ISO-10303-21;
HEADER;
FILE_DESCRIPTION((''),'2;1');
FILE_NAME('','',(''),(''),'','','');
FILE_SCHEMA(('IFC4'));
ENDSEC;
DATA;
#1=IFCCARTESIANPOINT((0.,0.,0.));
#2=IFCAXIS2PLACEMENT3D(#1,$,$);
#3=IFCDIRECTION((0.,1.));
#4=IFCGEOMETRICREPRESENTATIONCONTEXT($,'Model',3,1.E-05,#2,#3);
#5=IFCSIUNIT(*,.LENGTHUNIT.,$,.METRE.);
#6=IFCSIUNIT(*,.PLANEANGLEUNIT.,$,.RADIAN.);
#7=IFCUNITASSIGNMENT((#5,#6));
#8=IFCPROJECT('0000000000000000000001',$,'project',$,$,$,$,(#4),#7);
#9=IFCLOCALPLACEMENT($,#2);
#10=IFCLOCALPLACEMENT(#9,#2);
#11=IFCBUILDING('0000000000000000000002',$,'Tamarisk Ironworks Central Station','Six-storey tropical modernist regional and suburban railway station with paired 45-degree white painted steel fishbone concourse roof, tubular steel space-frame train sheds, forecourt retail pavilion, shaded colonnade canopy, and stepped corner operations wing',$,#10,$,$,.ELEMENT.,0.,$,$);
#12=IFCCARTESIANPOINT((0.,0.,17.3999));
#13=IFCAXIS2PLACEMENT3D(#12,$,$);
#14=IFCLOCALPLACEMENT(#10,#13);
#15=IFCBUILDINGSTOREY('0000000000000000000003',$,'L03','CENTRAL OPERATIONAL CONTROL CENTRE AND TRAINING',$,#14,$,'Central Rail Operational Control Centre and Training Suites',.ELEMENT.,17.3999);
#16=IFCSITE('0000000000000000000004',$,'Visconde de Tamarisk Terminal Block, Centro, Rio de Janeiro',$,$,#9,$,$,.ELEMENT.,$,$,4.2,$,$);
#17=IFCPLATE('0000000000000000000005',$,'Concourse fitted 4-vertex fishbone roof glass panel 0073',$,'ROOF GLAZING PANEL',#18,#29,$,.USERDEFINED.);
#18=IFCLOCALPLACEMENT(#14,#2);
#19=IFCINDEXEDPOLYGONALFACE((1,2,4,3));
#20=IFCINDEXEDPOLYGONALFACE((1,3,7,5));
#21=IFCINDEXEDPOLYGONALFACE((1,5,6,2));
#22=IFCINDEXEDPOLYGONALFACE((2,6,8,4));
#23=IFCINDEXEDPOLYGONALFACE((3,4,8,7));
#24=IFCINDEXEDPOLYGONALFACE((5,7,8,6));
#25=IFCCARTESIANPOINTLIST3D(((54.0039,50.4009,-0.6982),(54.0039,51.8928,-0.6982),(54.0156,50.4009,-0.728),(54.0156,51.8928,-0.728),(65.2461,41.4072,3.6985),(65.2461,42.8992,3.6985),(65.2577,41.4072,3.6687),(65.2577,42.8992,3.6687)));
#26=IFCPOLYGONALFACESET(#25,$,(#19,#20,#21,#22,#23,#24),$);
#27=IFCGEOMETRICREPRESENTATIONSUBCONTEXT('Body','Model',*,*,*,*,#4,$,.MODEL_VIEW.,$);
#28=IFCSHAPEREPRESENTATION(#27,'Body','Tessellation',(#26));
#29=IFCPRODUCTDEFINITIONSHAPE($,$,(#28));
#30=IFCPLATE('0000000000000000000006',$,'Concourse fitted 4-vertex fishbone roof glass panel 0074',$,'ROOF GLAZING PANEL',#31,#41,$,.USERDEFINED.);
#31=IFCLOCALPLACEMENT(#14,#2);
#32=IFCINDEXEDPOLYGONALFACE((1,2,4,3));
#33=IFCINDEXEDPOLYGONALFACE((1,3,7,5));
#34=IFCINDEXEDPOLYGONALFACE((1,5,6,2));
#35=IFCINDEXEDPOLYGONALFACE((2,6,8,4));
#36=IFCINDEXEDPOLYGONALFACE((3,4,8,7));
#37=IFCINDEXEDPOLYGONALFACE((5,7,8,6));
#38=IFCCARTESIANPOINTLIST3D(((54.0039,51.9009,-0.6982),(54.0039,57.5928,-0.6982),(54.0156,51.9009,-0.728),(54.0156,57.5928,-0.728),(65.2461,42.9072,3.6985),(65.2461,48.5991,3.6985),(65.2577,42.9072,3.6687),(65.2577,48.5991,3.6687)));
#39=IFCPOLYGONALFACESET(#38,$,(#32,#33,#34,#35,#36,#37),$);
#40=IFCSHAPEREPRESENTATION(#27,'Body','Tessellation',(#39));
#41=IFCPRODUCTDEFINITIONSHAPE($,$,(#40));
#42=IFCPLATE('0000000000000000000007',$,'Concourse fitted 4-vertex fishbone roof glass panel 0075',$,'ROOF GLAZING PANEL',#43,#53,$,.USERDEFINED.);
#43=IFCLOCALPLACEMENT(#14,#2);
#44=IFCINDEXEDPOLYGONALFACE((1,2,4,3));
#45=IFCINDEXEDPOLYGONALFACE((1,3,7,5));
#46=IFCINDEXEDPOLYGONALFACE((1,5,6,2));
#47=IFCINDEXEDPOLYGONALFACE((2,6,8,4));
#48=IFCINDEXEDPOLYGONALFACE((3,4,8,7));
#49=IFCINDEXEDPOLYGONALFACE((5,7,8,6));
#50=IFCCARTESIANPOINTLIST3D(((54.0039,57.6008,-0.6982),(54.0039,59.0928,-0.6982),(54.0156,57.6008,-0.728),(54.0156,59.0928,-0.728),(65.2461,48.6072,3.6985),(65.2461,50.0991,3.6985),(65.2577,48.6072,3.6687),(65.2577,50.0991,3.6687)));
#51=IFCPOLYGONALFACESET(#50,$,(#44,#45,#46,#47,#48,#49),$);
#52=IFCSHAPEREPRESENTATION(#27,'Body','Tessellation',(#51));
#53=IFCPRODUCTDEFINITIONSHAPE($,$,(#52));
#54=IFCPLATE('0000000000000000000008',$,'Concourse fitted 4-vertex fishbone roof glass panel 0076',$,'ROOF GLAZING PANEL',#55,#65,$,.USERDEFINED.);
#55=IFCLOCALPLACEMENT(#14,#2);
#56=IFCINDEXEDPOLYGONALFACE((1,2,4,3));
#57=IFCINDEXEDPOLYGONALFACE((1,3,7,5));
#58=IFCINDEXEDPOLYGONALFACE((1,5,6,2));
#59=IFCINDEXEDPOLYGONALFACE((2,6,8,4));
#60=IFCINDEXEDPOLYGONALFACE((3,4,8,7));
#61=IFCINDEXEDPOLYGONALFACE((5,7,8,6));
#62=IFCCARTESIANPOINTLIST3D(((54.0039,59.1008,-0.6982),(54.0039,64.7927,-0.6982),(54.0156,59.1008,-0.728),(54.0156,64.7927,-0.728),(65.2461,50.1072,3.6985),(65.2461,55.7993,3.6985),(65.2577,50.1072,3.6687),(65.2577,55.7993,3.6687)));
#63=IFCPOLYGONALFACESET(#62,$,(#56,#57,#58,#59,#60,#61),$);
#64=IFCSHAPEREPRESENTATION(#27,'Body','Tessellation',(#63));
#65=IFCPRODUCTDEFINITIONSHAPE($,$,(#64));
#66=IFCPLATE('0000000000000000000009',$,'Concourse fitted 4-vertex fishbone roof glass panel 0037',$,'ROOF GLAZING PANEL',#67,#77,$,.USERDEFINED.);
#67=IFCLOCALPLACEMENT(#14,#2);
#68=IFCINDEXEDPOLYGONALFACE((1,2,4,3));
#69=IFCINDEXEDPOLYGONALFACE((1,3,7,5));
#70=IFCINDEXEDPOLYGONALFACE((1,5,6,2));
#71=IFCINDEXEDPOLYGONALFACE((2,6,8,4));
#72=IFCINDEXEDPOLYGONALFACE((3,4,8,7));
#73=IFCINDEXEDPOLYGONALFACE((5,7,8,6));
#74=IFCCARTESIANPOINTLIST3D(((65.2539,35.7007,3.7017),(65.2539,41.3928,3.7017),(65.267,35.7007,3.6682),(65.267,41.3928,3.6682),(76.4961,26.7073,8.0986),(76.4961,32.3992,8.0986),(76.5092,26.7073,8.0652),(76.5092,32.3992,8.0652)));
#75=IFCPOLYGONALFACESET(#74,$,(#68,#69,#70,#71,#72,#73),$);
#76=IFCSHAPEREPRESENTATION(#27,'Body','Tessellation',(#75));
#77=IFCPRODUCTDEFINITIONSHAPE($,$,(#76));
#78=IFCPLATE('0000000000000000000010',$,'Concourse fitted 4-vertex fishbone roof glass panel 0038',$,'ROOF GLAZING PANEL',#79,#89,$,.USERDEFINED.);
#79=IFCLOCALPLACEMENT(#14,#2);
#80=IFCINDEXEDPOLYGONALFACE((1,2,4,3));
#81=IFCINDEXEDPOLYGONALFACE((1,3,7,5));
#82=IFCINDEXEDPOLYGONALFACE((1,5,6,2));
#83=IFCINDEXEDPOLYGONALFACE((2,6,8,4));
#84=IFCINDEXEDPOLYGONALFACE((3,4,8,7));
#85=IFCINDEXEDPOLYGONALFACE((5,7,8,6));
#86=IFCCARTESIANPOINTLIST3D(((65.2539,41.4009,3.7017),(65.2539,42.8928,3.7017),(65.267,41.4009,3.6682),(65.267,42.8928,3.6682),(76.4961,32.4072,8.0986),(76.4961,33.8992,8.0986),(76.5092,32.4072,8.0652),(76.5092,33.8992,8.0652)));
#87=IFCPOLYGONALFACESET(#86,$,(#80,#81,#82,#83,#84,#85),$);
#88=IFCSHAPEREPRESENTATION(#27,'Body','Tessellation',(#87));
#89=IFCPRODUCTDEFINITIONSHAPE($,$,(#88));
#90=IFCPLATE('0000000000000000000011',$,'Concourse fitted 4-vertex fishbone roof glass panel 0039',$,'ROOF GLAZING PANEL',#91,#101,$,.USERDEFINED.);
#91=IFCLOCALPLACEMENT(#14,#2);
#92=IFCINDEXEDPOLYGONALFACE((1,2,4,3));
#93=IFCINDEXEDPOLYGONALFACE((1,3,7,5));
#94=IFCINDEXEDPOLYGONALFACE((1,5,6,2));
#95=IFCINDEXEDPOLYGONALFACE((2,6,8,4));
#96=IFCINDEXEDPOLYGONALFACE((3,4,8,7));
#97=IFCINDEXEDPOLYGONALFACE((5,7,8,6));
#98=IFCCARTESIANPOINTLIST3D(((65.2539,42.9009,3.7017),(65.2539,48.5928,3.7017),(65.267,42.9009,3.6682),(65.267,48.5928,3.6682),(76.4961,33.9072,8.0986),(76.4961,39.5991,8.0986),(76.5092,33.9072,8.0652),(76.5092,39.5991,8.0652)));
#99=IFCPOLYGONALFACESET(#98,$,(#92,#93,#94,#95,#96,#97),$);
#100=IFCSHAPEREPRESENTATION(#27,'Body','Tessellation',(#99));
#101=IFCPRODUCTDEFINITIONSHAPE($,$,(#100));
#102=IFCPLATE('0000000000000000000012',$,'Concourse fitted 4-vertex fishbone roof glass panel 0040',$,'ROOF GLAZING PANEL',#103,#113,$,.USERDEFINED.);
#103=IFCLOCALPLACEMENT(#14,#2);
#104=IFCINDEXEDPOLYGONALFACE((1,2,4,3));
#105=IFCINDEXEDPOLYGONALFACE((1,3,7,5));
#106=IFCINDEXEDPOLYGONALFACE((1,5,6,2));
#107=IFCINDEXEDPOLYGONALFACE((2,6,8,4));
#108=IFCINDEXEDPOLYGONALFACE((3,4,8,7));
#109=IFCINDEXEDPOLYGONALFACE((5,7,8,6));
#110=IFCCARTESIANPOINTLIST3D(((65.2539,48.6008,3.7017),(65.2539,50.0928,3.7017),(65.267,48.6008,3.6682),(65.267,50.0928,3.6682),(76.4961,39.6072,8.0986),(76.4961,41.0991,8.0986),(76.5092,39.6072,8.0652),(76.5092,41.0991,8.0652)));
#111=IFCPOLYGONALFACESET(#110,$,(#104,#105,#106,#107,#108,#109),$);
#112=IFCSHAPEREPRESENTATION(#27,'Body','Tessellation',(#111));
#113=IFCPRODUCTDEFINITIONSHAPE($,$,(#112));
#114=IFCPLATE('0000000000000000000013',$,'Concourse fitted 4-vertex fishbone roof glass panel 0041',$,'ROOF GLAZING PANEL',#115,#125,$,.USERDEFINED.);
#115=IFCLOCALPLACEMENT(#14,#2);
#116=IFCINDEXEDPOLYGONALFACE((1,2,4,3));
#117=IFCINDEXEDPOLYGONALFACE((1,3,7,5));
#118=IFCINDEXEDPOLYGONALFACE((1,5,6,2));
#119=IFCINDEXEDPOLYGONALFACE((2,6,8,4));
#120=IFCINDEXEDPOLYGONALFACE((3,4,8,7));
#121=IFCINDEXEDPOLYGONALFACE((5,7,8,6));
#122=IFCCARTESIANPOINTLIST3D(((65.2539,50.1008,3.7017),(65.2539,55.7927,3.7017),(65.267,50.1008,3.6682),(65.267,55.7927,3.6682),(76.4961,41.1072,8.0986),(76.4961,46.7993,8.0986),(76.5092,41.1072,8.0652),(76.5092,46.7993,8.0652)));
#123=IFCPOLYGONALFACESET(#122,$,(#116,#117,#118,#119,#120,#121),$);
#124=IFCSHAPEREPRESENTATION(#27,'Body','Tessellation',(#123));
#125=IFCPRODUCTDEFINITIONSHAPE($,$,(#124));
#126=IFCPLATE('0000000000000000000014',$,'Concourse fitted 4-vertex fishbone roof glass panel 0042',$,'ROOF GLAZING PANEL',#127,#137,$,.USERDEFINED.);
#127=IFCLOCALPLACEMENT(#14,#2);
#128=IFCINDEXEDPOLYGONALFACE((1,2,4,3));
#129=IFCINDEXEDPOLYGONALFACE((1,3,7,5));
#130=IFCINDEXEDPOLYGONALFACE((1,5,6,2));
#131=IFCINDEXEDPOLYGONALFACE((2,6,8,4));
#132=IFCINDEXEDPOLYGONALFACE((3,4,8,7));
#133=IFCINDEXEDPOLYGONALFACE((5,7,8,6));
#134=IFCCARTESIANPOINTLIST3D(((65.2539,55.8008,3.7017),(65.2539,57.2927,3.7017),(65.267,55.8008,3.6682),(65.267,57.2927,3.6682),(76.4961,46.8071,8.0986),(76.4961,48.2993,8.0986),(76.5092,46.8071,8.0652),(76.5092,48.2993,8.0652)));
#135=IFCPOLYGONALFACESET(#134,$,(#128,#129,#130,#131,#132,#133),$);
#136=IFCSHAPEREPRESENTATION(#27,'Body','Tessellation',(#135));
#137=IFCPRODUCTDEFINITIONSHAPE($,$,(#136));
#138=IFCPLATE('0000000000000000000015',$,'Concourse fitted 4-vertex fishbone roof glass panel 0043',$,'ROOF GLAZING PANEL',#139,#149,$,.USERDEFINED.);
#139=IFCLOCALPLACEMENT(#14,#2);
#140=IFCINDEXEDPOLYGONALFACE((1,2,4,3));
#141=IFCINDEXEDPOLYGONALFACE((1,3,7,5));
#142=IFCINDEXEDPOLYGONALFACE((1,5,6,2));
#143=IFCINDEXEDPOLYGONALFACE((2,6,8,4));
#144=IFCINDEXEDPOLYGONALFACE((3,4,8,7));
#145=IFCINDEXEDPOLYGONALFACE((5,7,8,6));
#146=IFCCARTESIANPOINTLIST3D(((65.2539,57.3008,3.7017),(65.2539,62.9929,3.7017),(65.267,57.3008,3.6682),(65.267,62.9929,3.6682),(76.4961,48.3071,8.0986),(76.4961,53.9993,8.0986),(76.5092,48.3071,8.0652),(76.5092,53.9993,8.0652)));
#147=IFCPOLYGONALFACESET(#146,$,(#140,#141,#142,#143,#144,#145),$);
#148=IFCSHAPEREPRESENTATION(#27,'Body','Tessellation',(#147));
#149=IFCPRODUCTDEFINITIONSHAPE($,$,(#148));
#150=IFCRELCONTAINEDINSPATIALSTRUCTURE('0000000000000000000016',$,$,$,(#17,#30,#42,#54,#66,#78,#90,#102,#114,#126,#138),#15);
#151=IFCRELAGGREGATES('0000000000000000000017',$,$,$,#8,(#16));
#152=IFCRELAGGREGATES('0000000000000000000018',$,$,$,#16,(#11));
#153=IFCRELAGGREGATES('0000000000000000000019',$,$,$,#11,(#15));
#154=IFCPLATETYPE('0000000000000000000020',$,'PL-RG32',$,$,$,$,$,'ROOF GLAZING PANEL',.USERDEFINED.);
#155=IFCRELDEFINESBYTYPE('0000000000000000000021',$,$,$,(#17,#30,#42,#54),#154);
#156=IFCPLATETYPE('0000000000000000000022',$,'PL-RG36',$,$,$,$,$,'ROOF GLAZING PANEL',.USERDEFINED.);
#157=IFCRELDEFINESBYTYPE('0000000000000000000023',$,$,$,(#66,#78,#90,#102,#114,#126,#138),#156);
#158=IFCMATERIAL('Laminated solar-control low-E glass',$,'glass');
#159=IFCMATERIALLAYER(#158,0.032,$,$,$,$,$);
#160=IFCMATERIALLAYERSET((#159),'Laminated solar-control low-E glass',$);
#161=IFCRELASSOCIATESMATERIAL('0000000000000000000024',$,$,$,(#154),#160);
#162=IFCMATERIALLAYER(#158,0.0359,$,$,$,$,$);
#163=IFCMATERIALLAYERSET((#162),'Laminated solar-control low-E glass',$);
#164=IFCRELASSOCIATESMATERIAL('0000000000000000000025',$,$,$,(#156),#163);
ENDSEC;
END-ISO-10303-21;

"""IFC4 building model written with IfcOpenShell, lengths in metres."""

from ifc_helpers import new_model, si_unit, direction, frame, origin, place, context, subcontext, project, spatial, polyline, outline, extrude, material, layer, layer_set, type_object, element, save


model = new_model("IFC4")

# Units and contexts
model_context = context("Model", 3, precision=1e-05, world=origin(), true_north=direction((0.0, 1.0)))
body_context = subcontext(model_context, "Body", "Model", "MODEL_VIEW")
ifc_project = project(units=[si_unit("LENGTHUNIT", "METRE"), si_unit("PLANEANGLEUNIT", "RADIAN")], contexts=[model_context])

# Site, building, storey
site_placement = place(None, origin())
site = spatial("IfcSite", under=ifc_project, at=site_placement, Name="Visconde de Tamarisk Terminal Block, Centro, Rio de Janeiro", CompositionType="ELEMENT", RefElevation=4.2)
building_placement = place(site_placement, origin())
building = spatial("IfcBuilding", under=site, at=building_placement, Name="Tamarisk Ironworks Central Station", Description="Six-storey tropical modernist regional and suburban railway station with paired 45-degree white painted steel fishbone concourse roof, tubular steel space-frame train sheds, forecourt retail pavilion, shaded colonnade canopy, and stepped corner operations wing", CompositionType="ELEMENT", ElevationOfRefHeight=0.0)
storey_placement = place(building_placement, frame((0.0, 0.0, 17.3999)))
storey = spatial("IfcBuildingStorey", under=building, at=storey_placement, Name="L03", Description="CENTRAL OPERATIONAL CONTROL CENTRE AND TRAINING", LongName="Central Rail Operational Control Centre and Training Suites", CompositionType="ELEMENT", Elevation=17.3999)

# Plates
ifc_material_1 = material(Name="Laminated solar-control low-E glass", Category="glass")
ifc_layer_1 = layer(ifc_material_1, 0.032)
ifc_layer_set_1 = layer_set([ifc_layer_1], Name="Laminated solar-control low-E glass")
plate_type_1 = type_object("IfcPlateType", Name="PL-RG32", ElementType="ROOF GLAZING PANEL", PredefinedType="USERDEFINED", material=ifc_layer_set_1)
plate_1_placement = place(storey_placement, frame((65.2461, 41.4072, 3.6985), z_axis=(-0.364228, 0.0, 0.93131), x_axis=(0.0, 1.0, 0.0)))
element("IfcPlate", 1, at=plate_1_placement, inside=storey, type_object=plate_type_1, Name="Concourse fitted 4-vertex fishbone roof glass panel 0073", ObjectType="ROOF GLAZING PANEL", PredefinedType="USERDEFINED", context=body_context, shape_type="SweptSolid", body=[
    extrude(outline(polyline([(0.0, 0.0), (1.4919, 0.0), (10.4856, 12.0714), (8.9937, 12.0714), (0.0, 0.0)])), origin(), (0.0, 0.0, -1.0), 0.032),
])
plate_2_placement = place(storey_placement, frame((65.2461, 42.9072, 3.6985), z_axis=(-0.364228, 0.0, 0.93131), x_axis=(0.0, 1.0, 0.0)))
element("IfcPlate", 2, at=plate_2_placement, inside=storey, type_object=plate_type_1, Name="Concourse fitted 4-vertex fishbone roof glass panel 0074", ObjectType="ROOF GLAZING PANEL", PredefinedType="USERDEFINED", context=body_context, shape_type="SweptSolid", body=[
    extrude(outline(polyline([(0.0, 0.0), (5.6919, 0.0), (14.6855, 12.0714), (8.9937, 12.0714), (0.0, 0.0)])), origin(), (0.0, 0.0, -1.0), 0.032),
])
plate_3_placement = place(storey_placement, frame((65.2461, 48.6072, 3.6985), z_axis=(-0.364228, 0.0, 0.93131), x_axis=(0.0, 1.0, 0.0)))
element("IfcPlate", 3, at=plate_3_placement, inside=storey, type_object=plate_type_1, Name="Concourse fitted 4-vertex fishbone roof glass panel 0075", ObjectType="ROOF GLAZING PANEL", PredefinedType="USERDEFINED", context=body_context, shape_type="SweptSolid", body=[
    extrude(outline(polyline([(0.0, 0.0), (1.4919, 0.0), (10.4856, 12.0714), (8.9937, 12.0714), (0.0, 0.0)])), origin(), (0.0, 0.0, -1.0), 0.032),
])
plate_4_placement = place(storey_placement, frame((65.2461, 50.1072, 3.6985), z_axis=(-0.364228, 0.0, 0.93131), x_axis=(0.0, 1.0, 0.0)))
element("IfcPlate", 4, at=plate_4_placement, inside=storey, type_object=plate_type_1, Name="Concourse fitted 4-vertex fishbone roof glass panel 0076", ObjectType="ROOF GLAZING PANEL", PredefinedType="USERDEFINED", context=body_context, shape_type="SweptSolid", body=[
    extrude(outline(polyline([(0.0, 0.0), (5.6921, 0.0), (14.6855, 12.0714), (8.9937, 12.0714), (0.0, 0.0)])), origin(), (0.0, 0.0, -1.0), 0.032),
])
ifc_layer_2 = layer(ifc_material_1, 0.0359)
ifc_layer_set_2 = layer_set([ifc_layer_2], Name="Laminated solar-control low-E glass")
plate_type_2 = type_object("IfcPlateType", Name="PL-RG36", ElementType="ROOF GLAZING PANEL", PredefinedType="USERDEFINED", material=ifc_layer_set_2)
plate_5_placement = place(storey_placement, frame((76.4961, 26.7073, 8.0986), z_axis=(-0.364245, 0.0, 0.931303), x_axis=(0.0, 1.0, 0.0)))
element("IfcPlate", 5, at=plate_5_placement, inside=storey, type_object=plate_type_2, Name="Concourse fitted 4-vertex fishbone roof glass panel 0037", ObjectType="ROOF GLAZING PANEL", PredefinedType="USERDEFINED", context=body_context, shape_type="SweptSolid", body=[
    extrude(outline(polyline([(0.0, 0.0), (5.6919, 0.0), (14.6855, 12.0715), (8.9934, 12.0715), (0.0, 0.0)])), origin(), (0.0, 0.0, -1.0), 0.0359),
])
plate_6_placement = place(storey_placement, frame((76.4961, 32.4072, 8.0986), z_axis=(-0.364245, 0.0, 0.931303), x_axis=(0.0, 1.0, 0.0)))
element("IfcPlate", 6, at=plate_6_placement, inside=storey, type_object=plate_type_2, Name="Concourse fitted 4-vertex fishbone roof glass panel 0038", ObjectType="ROOF GLAZING PANEL", PredefinedType="USERDEFINED", context=body_context, shape_type="SweptSolid", body=[
    extrude(outline(polyline([(0.0, 0.0), (1.4919, 0.0), (10.4856, 12.0715), (8.9937, 12.0715), (0.0, 0.0)])), origin(), (0.0, 0.0, -1.0), 0.0359),
])
plate_7_placement = place(storey_placement, frame((76.4961, 33.9072, 8.0986), z_axis=(-0.364245, 0.0, 0.931303), x_axis=(0.0, 1.0, 0.0)))
element("IfcPlate", 7, at=plate_7_placement, inside=storey, type_object=plate_type_2, Name="Concourse fitted 4-vertex fishbone roof glass panel 0039", ObjectType="ROOF GLAZING PANEL", PredefinedType="USERDEFINED", context=body_context, shape_type="SweptSolid", body=[
    extrude(outline(polyline([(0.0, 0.0), (5.6919, 0.0), (14.6855, 12.0715), (8.9937, 12.0715), (0.0, 0.0)])), origin(), (0.0, 0.0, -1.0), 0.0359),
])
plate_8_placement = place(storey_placement, frame((76.4961, 39.6072, 8.0986), z_axis=(-0.364245, 0.0, 0.931303), x_axis=(0.0, 1.0, 0.0)))
element("IfcPlate", 8, at=plate_8_placement, inside=storey, type_object=plate_type_2, Name="Concourse fitted 4-vertex fishbone roof glass panel 0040", ObjectType="ROOF GLAZING PANEL", PredefinedType="USERDEFINED", context=body_context, shape_type="SweptSolid", body=[
    extrude(outline(polyline([(0.0, 0.0), (1.4919, 0.0), (10.4856, 12.0715), (8.9937, 12.0715), (0.0, 0.0)])), origin(), (0.0, 0.0, -1.0), 0.0359),
])
plate_9_placement = place(storey_placement, frame((76.4961, 41.1072, 8.0986), z_axis=(-0.364245, 0.0, 0.931303), x_axis=(0.0, 1.0, 0.0)))
element("IfcPlate", 9, at=plate_9_placement, inside=storey, type_object=plate_type_2, Name="Concourse fitted 4-vertex fishbone roof glass panel 0041", ObjectType="ROOF GLAZING PANEL", PredefinedType="USERDEFINED", context=body_context, shape_type="SweptSolid", body=[
    extrude(outline(polyline([(0.0, 0.0), (5.6921, 0.0), (14.6855, 12.0715), (8.9937, 12.0715), (0.0, 0.0)])), origin(), (0.0, 0.0, -1.0), 0.0359),
])
plate_10_placement = place(storey_placement, frame((76.4961, 46.8071, 8.0986), z_axis=(-0.364245, 0.0, 0.931303), x_axis=(0.0, 1.0, 0.0)))
element("IfcPlate", 10, at=plate_10_placement, inside=storey, type_object=plate_type_2, Name="Concourse fitted 4-vertex fishbone roof glass panel 0042", ObjectType="ROOF GLAZING PANEL", PredefinedType="USERDEFINED", context=body_context, shape_type="SweptSolid", body=[
    extrude(outline(polyline([(0.0, 0.0), (1.4922, 0.0), (10.4856, 12.0715), (8.9937, 12.0715), (0.0, 0.0)])), origin(), (0.0, 0.0, -1.0), 0.0359),
])
plate_11_placement = place(storey_placement, frame((76.4961, 48.3071, 8.0986), z_axis=(-0.364245, 0.0, 0.931303), x_axis=(0.0, 1.0, 0.0)))
element("IfcPlate", 11, at=plate_11_placement, inside=storey, type_object=plate_type_2, Name="Concourse fitted 4-vertex fishbone roof glass panel 0043", ObjectType="ROOF GLAZING PANEL", PredefinedType="USERDEFINED", context=body_context, shape_type="SweptSolid", body=[
    extrude(outline(polyline([(0.0, 0.0), (5.6921, 0.0), (14.6858, 12.0715), (8.9937, 12.0715), (0.0, 0.0)])), origin(), (0.0, 0.0, -1.0), 0.0359),
])

save(model, "model.ifc")
